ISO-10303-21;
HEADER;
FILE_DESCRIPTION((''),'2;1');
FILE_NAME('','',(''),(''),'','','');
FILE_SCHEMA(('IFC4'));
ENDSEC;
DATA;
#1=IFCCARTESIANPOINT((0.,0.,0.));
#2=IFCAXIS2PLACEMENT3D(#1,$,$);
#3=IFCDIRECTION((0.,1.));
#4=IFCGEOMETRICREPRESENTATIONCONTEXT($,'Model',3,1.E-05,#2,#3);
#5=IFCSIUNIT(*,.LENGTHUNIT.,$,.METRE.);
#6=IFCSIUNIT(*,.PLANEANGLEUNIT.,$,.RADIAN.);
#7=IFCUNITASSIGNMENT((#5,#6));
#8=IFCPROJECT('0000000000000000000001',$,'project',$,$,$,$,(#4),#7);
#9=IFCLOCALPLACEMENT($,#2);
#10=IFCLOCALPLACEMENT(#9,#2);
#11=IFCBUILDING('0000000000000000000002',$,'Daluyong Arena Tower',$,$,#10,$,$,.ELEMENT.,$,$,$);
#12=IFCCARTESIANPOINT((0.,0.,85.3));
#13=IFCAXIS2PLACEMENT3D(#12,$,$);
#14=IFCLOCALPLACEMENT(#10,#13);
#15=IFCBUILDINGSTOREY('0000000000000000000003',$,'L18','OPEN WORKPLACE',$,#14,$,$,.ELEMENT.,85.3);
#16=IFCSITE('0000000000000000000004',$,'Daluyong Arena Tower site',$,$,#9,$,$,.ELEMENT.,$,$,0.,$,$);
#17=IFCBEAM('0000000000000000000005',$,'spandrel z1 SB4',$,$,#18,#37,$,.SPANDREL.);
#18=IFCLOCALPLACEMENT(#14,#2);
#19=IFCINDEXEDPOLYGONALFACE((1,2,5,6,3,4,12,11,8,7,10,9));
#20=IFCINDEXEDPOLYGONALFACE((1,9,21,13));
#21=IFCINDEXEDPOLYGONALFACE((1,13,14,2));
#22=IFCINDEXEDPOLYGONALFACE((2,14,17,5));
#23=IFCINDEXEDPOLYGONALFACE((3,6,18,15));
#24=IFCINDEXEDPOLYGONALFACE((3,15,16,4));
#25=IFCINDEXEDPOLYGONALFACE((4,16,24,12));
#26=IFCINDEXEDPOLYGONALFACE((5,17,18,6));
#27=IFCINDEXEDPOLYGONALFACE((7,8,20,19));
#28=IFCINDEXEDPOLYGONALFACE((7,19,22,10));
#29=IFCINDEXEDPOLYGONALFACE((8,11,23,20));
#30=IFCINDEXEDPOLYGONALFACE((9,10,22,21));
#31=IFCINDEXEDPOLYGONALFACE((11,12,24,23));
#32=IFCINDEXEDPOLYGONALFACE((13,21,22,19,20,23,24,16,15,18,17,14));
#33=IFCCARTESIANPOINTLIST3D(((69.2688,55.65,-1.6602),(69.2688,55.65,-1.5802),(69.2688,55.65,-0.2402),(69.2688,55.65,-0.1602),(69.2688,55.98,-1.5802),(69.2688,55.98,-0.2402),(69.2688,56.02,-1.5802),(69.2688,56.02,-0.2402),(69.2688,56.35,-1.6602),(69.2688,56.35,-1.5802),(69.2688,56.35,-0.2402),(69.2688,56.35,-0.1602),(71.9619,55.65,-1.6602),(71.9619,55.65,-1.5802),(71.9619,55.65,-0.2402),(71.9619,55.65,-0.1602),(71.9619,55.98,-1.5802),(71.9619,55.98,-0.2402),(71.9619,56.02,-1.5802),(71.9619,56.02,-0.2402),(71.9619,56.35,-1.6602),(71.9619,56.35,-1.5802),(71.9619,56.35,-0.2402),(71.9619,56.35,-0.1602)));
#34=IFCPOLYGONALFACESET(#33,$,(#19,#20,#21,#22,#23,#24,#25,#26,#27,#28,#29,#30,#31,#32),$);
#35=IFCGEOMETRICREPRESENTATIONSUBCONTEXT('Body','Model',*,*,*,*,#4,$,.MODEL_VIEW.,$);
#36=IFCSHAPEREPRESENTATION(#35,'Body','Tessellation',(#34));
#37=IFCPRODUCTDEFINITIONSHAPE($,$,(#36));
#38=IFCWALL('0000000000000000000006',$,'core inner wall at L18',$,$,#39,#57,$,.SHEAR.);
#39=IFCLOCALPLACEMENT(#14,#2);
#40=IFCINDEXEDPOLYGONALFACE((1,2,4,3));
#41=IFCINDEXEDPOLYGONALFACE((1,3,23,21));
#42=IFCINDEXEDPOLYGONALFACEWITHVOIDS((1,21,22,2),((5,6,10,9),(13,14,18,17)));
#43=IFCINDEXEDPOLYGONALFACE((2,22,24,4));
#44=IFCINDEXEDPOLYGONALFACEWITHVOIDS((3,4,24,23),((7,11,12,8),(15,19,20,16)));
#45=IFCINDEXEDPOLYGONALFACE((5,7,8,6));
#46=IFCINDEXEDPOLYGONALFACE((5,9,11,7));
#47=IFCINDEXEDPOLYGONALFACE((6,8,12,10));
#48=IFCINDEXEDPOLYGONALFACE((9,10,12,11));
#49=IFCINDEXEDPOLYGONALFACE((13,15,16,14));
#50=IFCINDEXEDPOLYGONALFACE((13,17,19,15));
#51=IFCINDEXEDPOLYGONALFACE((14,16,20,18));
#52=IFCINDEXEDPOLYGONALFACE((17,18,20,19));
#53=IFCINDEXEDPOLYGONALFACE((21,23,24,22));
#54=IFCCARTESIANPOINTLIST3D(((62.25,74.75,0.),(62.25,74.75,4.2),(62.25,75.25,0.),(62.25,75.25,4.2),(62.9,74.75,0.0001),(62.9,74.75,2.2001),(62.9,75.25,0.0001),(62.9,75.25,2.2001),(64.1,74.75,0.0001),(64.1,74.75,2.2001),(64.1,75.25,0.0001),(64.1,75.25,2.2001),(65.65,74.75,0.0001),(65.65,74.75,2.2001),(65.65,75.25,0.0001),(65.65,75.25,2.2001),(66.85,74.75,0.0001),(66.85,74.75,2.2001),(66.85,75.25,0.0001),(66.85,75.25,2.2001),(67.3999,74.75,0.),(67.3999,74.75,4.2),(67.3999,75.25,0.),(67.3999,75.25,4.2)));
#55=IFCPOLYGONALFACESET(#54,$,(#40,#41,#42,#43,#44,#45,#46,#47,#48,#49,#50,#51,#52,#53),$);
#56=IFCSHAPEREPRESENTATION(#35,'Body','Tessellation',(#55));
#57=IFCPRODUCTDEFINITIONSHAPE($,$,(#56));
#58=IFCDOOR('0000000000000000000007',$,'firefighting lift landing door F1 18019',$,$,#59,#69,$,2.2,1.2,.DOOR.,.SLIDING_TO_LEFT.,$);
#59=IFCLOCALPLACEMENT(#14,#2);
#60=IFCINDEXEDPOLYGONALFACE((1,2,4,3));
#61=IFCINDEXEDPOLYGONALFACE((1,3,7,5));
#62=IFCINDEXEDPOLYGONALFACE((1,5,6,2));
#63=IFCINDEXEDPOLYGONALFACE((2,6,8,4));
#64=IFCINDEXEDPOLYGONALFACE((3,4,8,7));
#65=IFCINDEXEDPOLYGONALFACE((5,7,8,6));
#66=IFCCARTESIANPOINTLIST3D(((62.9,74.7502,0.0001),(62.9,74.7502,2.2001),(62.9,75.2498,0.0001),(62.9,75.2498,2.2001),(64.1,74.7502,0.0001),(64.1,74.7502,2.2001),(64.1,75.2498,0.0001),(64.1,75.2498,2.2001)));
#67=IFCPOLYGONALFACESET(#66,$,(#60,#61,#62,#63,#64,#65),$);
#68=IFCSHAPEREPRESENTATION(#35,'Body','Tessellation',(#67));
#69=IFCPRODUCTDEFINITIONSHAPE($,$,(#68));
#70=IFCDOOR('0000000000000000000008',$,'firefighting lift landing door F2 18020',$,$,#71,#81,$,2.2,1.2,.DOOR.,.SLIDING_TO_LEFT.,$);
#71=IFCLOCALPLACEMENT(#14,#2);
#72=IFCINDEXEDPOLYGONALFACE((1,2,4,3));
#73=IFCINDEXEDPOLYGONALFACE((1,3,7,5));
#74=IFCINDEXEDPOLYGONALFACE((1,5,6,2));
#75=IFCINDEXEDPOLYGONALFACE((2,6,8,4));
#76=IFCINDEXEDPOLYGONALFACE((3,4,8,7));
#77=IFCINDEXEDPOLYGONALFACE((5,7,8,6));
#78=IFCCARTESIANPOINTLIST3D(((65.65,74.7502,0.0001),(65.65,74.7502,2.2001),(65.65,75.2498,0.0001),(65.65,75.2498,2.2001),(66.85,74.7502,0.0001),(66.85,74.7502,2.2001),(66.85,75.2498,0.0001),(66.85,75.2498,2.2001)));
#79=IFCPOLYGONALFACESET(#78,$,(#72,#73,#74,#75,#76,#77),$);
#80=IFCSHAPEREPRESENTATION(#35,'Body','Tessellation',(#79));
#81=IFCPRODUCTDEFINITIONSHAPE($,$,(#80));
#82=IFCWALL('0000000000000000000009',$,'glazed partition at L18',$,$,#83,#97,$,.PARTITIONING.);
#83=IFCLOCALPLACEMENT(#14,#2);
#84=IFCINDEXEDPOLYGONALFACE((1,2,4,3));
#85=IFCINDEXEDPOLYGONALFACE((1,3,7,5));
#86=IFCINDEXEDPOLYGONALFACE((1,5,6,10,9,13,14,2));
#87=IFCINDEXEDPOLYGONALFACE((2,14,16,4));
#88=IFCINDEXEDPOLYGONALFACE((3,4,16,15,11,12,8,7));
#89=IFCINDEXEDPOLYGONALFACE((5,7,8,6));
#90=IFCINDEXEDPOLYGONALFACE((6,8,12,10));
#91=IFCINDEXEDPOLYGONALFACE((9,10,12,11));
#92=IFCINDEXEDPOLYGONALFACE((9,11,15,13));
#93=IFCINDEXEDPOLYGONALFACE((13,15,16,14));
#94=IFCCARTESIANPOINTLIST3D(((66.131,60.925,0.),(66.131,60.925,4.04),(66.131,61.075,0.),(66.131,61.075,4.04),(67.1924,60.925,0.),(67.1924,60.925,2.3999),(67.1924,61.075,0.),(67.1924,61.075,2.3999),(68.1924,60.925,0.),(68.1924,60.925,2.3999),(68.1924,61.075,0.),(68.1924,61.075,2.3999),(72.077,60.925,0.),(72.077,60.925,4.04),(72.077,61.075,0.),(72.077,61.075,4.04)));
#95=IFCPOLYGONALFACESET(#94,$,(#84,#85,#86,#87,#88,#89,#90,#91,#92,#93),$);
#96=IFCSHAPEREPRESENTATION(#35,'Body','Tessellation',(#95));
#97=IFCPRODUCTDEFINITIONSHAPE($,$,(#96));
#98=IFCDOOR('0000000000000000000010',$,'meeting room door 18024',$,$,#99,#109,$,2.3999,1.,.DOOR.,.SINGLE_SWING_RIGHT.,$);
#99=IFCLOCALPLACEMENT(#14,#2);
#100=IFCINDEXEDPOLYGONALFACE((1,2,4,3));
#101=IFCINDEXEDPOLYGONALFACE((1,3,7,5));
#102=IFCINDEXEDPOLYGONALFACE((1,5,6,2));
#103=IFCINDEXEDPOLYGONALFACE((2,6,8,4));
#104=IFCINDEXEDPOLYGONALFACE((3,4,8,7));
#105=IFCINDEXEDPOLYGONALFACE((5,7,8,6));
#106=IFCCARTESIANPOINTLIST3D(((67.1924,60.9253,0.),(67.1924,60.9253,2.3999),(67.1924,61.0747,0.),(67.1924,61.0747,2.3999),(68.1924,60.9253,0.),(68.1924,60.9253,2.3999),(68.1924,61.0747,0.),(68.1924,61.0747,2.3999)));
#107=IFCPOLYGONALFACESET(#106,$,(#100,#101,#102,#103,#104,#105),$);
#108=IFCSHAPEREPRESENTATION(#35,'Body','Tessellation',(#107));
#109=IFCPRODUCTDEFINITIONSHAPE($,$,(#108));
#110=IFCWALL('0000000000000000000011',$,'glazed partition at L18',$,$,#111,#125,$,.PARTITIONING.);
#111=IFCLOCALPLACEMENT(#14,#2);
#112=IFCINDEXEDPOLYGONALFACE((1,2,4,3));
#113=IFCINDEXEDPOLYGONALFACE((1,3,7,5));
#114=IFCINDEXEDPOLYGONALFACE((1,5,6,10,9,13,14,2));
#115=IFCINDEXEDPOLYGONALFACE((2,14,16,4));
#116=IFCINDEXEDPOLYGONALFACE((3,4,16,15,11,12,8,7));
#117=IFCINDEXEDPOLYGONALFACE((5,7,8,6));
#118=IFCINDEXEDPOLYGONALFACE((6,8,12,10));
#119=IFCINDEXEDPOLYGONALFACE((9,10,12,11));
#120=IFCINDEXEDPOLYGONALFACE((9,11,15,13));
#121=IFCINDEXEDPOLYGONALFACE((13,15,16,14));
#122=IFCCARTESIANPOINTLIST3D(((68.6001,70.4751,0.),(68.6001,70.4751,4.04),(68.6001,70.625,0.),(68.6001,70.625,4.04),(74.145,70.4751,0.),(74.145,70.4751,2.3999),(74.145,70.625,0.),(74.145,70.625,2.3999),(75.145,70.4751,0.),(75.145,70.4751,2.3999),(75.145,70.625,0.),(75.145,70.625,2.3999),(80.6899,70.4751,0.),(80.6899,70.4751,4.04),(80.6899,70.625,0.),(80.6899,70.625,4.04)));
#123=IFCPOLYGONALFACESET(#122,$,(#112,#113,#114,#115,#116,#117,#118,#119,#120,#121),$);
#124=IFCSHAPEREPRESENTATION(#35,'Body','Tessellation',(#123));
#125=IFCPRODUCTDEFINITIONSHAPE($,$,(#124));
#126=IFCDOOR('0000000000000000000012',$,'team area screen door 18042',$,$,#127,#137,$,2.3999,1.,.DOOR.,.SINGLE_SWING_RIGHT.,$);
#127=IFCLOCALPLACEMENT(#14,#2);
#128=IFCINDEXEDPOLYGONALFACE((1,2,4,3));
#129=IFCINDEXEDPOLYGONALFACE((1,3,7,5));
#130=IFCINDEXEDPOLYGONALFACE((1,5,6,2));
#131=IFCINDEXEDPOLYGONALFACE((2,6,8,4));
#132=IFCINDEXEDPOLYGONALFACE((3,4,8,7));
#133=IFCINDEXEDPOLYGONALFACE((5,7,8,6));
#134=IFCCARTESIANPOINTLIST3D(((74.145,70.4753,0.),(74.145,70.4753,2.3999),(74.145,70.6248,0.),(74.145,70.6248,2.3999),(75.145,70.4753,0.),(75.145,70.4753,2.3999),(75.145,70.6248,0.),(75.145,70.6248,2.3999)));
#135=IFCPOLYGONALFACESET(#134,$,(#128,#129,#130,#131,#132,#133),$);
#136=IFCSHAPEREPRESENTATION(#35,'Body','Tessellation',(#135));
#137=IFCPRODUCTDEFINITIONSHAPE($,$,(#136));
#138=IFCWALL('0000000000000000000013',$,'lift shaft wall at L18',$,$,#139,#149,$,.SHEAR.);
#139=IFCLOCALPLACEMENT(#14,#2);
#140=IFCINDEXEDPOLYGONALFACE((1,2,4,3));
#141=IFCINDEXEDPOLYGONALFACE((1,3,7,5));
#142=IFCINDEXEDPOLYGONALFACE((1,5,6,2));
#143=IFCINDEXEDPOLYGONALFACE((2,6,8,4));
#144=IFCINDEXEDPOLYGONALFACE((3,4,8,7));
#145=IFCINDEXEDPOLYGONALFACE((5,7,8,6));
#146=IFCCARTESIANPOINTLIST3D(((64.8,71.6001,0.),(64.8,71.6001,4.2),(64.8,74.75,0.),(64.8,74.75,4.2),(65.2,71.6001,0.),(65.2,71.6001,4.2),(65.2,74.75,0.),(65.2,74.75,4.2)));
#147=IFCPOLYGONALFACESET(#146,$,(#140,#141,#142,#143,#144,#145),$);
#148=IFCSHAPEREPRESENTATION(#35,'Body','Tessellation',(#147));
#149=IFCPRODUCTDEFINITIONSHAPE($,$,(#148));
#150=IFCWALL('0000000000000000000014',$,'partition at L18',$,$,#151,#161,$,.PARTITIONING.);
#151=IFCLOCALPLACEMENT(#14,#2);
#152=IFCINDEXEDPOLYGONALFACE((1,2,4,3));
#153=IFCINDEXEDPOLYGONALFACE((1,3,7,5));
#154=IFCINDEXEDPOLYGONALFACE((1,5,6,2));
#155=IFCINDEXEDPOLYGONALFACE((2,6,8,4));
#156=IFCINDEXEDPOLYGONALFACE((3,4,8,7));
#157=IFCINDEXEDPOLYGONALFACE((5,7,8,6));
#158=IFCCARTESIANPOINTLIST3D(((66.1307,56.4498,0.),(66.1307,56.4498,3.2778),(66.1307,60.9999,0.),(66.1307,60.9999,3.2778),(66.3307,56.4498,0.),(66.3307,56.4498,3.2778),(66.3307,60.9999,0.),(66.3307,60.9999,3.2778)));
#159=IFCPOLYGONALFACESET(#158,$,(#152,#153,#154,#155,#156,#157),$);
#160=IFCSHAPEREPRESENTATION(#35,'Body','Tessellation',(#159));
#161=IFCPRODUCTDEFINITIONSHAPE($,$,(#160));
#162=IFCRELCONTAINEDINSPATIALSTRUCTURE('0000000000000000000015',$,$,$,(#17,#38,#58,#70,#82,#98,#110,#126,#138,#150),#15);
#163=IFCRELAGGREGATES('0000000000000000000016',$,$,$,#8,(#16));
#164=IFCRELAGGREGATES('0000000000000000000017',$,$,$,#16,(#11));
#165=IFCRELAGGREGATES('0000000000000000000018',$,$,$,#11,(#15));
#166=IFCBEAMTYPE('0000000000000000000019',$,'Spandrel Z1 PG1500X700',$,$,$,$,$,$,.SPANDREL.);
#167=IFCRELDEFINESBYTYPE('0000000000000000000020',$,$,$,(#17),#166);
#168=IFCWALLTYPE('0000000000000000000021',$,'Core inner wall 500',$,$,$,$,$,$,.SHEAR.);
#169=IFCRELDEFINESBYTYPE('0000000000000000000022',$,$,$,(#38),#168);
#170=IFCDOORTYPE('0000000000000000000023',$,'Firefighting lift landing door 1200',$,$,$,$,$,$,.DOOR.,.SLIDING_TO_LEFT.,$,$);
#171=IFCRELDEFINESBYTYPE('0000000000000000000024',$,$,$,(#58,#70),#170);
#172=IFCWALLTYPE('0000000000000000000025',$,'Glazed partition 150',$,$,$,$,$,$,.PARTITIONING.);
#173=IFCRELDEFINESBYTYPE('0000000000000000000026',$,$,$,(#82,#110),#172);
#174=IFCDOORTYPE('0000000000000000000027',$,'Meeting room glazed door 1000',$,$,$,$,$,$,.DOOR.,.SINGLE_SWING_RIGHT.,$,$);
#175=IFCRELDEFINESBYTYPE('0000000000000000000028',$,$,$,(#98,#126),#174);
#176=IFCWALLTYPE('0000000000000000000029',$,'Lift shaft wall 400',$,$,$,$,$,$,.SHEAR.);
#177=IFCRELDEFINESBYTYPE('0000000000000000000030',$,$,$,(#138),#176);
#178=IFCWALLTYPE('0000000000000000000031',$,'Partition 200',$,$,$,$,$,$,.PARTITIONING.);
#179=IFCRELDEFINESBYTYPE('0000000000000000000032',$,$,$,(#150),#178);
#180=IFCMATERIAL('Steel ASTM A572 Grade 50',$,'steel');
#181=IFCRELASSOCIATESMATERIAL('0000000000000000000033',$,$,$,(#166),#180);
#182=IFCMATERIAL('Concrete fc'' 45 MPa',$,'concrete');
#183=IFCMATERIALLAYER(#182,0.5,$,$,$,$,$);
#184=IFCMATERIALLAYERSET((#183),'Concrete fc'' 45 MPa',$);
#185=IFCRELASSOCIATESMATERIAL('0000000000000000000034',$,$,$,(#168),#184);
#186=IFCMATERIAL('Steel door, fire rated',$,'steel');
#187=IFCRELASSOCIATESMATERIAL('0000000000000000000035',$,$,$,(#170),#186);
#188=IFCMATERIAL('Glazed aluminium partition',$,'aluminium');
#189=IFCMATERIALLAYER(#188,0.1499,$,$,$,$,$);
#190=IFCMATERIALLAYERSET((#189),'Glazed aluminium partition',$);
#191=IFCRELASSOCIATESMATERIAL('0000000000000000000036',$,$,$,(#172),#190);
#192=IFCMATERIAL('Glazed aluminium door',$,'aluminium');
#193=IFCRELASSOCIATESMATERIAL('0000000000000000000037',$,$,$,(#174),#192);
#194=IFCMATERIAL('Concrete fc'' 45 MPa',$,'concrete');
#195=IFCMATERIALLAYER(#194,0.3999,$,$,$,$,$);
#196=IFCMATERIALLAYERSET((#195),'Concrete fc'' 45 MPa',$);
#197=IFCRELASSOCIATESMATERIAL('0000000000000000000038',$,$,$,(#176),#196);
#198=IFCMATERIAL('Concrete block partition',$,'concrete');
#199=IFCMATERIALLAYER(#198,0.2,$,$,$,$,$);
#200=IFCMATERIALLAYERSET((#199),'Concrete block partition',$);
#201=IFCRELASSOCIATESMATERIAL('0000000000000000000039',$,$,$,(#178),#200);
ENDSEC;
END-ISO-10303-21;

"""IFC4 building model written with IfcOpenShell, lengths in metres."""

from ifc_helpers import new_model, si_unit, direction, frame, frame_2d, origin, origin_2d, place, context, subcontext, project, spatial, rectangle, i_section, extrude, material, layer, layer_set, material_profile, profile_set, type_object, element, fill, save


model = new_model("IFC4")

# Units and contexts
model_context = context("Model", 3, precision=1e-05, world=origin(), true_north=direction((0.0, 1.0)))
body_context = subcontext(model_context, "Body", "Model", "MODEL_VIEW")
ifc_project = project(units=[si_unit("LENGTHUNIT", "METRE"), si_unit("PLANEANGLEUNIT", "RADIAN")], contexts=[model_context])

# Site, building, storey
site_placement = place(None, origin())
site = spatial("IfcSite", under=ifc_project, at=site_placement, Name="Daluyong Arena Tower site", CompositionType="ELEMENT", RefElevation=0.0)
building_placement = place(site_placement, origin())
building = spatial("IfcBuilding", under=site, at=building_placement, Name="Daluyong Arena Tower", CompositionType="ELEMENT")
storey_placement = place(building_placement, frame((0.0, 0.0, 85.3)))
storey = spatial("IfcBuildingStorey", under=building, at=storey_placement, Name="L18", Description="OPEN WORKPLACE", CompositionType="ELEMENT", Elevation=85.3)

# Beam
ifc_material_1 = material(Name="Steel ASTM A572 Grade 50", Category="steel")
ifc_material_profile_1 = material_profile(ifc_material_1, i_section(OverallWidth=0.7, OverallDepth=1.5, WebThickness=0.04, FlangeThickness=0.08, at=origin_2d()))
ifc_profile_set_1 = profile_set([ifc_material_profile_1], Name="Steel ASTM A572 Grade 50")
beam_type_1 = type_object("IfcBeamType", Name="Spandrel Z1 PG1500X700", PredefinedType="SPANDREL", material=ifc_profile_set_1)
beam_1_placement = place(storey_placement, frame((69.2688, 56.0, -0.9102), z_axis=(1.0, 0.0, 0.0), x_axis=(0.0, 1.0, 0.0)))
element("IfcBeam", 1, at=beam_1_placement, inside=storey, type_object=beam_type_1, Name="spandrel z1 SB4", PredefinedType="SPANDREL", context=body_context, shape_type="SweptSolid", body=[
    extrude(i_section(OverallWidth=0.7, OverallDepth=1.5, WebThickness=0.04, FlangeThickness=0.08, at=origin_2d()), origin(), (0.0, 0.0, 1.0), 2.6931),
])

# Shared definitions
ifc_material_2 = material(Name="Concrete fc' 45 MPa", Category="concrete")
ifc_layer_1 = layer(ifc_material_2, 0.5)
ifc_layer_set_1 = layer_set([ifc_layer_1], Name="Concrete fc' 45 MPa")
wall_type_1 = type_object("IfcWallType", Name="Core inner wall 500", PredefinedType="SHEAR", material=ifc_layer_set_1)

# Wall, openings, doors
wall_1_placement = place(storey_placement, frame((62.25, 75.0, 0.0), z_axis=(0.0, 0.0, 1.0), x_axis=(1.0, 0.0, 0.0)))
wall_1 = element("IfcWall", 2, at=wall_1_placement, inside=storey, type_object=wall_type_1, Name="core inner wall at L18", PredefinedType="SHEAR", context=body_context, shape_type="SweptSolid", body=[
    extrude(rectangle(XDim=5.1499, YDim=0.5, at=frame_2d((2.575, 0.0))), origin(), (0.0, 0.0, 1.0), 4.2),
])
opening_1_placement = place(wall_1_placement, frame((0.6499, 0.0, 0.0)))
opening_1 = element("IfcOpeningElement", 3, at=opening_1_placement, cuts=wall_1, PredefinedType="OPENING", context=body_context, shape_type="SweptSolid", body=[
    extrude(rectangle(XDim=1.2, YDim=2.2, at=frame_2d((0.6001, 1.1001))), frame((0.0, 0.26, 0.0), z_axis=(0.0, -1.0, 0.0), x_axis=(1.0, 0.0, 0.0)), (0.0, 0.0, 1.0), 0.52),
])
opening_2_placement = place(wall_1_placement, frame((3.3999, 0.0, 0.0)))
opening_2 = element("IfcOpeningElement", 4, at=opening_2_placement, cuts=wall_1, PredefinedType="OPENING", context=body_context, shape_type="SweptSolid", body=[
    extrude(rectangle(XDim=1.2, YDim=2.2, at=frame_2d((0.6001, 1.1001))), frame((0.0, 0.26, 0.0), z_axis=(0.0, -1.0, 0.0), x_axis=(1.0, 0.0, 0.0)), (0.0, 0.0, 1.0), 0.52),
])
ifc_material_3 = material(Name="Steel door, fire rated", Category="steel")
door_type_1 = type_object("IfcDoorType", Name="Firefighting lift landing door 1200", OperationType="SLIDING_TO_LEFT", PredefinedType="DOOR", material=ifc_material_3)
door_1_placement = place(opening_1_placement, origin())
door_1 = element("IfcDoor", 5, at=door_1_placement, inside=storey, type_object=door_type_1, Name="firefighting lift landing door F1 18019", OperationType="SLIDING_TO_LEFT", OverallHeight=2.2, OverallWidth=1.2, PredefinedType="DOOR", context=body_context, shape_type="SweptSolid", body=[
    extrude(rectangle(XDim=1.2, YDim=2.2, at=frame_2d((0.6001, 1.1001))), frame((0.0, 0.2498, 0.0), z_axis=(0.0, -1.0, 0.0), x_axis=(1.0, 0.0, 0.0)), (0.0, 0.0, 1.0), 0.4995),
])
fill(opening_1, door_1)
door_2_placement = place(opening_2_placement, origin())
door_2 = element("IfcDoor", 6, at=door_2_placement, inside=storey, type_object=door_type_1, Name="firefighting lift landing door F2 18020", OperationType="SLIDING_TO_LEFT", OverallHeight=2.2, OverallWidth=1.2, PredefinedType="DOOR", context=body_context, shape_type="SweptSolid", body=[
    extrude(rectangle(XDim=1.2, YDim=2.2, at=frame_2d((0.6001, 1.1001))), frame((0.0, 0.2498, 0.0), z_axis=(0.0, -1.0, 0.0), x_axis=(1.0, 0.0, 0.0)), (0.0, 0.0, 1.0), 0.4995),
])
fill(opening_2, door_2)

# Walls, openings, doors
ifc_material_4 = material(Name="Glazed aluminium partition", Category="aluminium")
ifc_layer_2 = layer(ifc_material_4, 0.1499)
ifc_layer_set_2 = layer_set([ifc_layer_2], Name="Glazed aluminium partition")
wall_type_2 = type_object("IfcWallType", Name="Glazed partition 150", PredefinedType="PARTITIONING", material=ifc_layer_set_2)
wall_2_placement = place(storey_placement, frame((66.1309, 61.0, 0.0), z_axis=(0.0, 0.0, 1.0), x_axis=(1.0, 0.0, 0.0)))
wall_2 = element("IfcWall", 7, at=wall_2_placement, inside=storey, type_object=wall_type_2, Name="glazed partition at L18", PredefinedType="PARTITIONING", context=body_context, shape_type="SweptSolid", body=[
    extrude(rectangle(XDim=5.946, YDim=0.1499, at=frame_2d((2.9731, 0.0))), origin(), (0.0, 0.0, 1.0), 4.04),
])
opening_3_placement = place(wall_2_placement, frame((1.0615, 0.0, 0.0)))
opening_3 = element("IfcOpeningElement", 8, at=opening_3_placement, cuts=wall_2, PredefinedType="OPENING", context=body_context, shape_type="SweptSolid", body=[
    extrude(rectangle(XDim=1.0, YDim=2.3999, at=frame_2d((0.5, 1.2))), frame((0.0, 0.085, 0.0), z_axis=(0.0, -1.0, 0.0), x_axis=(1.0, 0.0, 0.0)), (0.0, 0.0, 1.0), 0.1699),
])
ifc_material_5 = material(Name="Glazed aluminium door", Category="aluminium")
door_type_2 = type_object("IfcDoorType", Name="Meeting room glazed door 1000", OperationType="SINGLE_SWING_RIGHT", PredefinedType="DOOR", material=ifc_material_5)
door_3_placement = place(opening_3_placement, origin())
door_3 = element("IfcDoor", 9, at=door_3_placement, inside=storey, type_object=door_type_2, Name="meeting room door 18024", OperationType="SINGLE_SWING_RIGHT", OverallHeight=2.3999, OverallWidth=1.0, PredefinedType="DOOR", context=body_context, shape_type="SweptSolid", body=[
    extrude(rectangle(XDim=1.0, YDim=2.3999, at=frame_2d((0.5, 1.2))), frame((0.0, 0.0747, 0.0), z_axis=(0.0, -1.0, 0.0), x_axis=(1.0, 0.0, 0.0)), (0.0, 0.0, 1.0), 0.1494),
])
fill(opening_3, door_3)
wall_3_placement = place(storey_placement, frame((68.6001, 70.55, 0.0), z_axis=(0.0, 0.0, 1.0), x_axis=(1.0, 0.0, 0.0)))
wall_3 = element("IfcWall", 10, at=wall_3_placement, inside=storey, type_object=wall_type_2, Name="glazed partition at L18", PredefinedType="PARTITIONING", context=body_context, shape_type="SweptSolid", body=[
    extrude(rectangle(XDim=12.0898, YDim=0.1499, at=frame_2d((6.0449, 0.0))), origin(), (0.0, 0.0, 1.0), 4.04),
])
opening_4_placement = place(wall_3_placement, frame((5.5449, 0.0, 0.0)))
opening_4 = element("IfcOpeningElement", 11, at=opening_4_placement, cuts=wall_3, PredefinedType="OPENING", context=body_context, shape_type="SweptSolid", body=[
    extrude(rectangle(XDim=1.0, YDim=2.3999, at=frame_2d((0.5, 1.2))), frame((0.0, 0.085, 0.0), z_axis=(0.0, -1.0, 0.0), x_axis=(1.0, 0.0, 0.0)), (0.0, 0.0, 1.0), 0.1699),
])
door_4_placement = place(opening_4_placement, origin())
door_4 = element("IfcDoor", 12, at=door_4_placement, inside=storey, type_object=door_type_2, Name="team area screen door 18042", OperationType="SINGLE_SWING_RIGHT", OverallHeight=2.3999, OverallWidth=1.0, PredefinedType="DOOR", context=body_context, shape_type="SweptSolid", body=[
    extrude(rectangle(XDim=1.0, YDim=2.3999, at=frame_2d((0.5, 1.2))), frame((0.0, 0.0747, 0.0), z_axis=(0.0, -1.0, 0.0), x_axis=(1.0, 0.0, 0.0)), (0.0, 0.0, 1.0), 0.1494),
])
fill(opening_4, door_4)

# Walls
ifc_material_6 = material(Name="Concrete fc' 45 MPa", Category="concrete")
ifc_layer_3 = layer(ifc_material_6, 0.3999)
ifc_layer_set_3 = layer_set([ifc_layer_3], Name="Concrete fc' 45 MPa")
wall_type_3 = type_object("IfcWallType", Name="Lift shaft wall 400", PredefinedType="SHEAR", material=ifc_layer_set_3)
wall_4_placement = place(storey_placement, frame((65.0, 71.6001, 0.0), z_axis=(0.0, 0.0, 1.0), x_axis=(0.0, 1.0, 0.0)))
element("IfcWall", 13, at=wall_4_placement, inside=storey, type_object=wall_type_3, Name="lift shaft wall at L18", PredefinedType="SHEAR", context=body_context, shape_type="SweptSolid", body=[
    extrude(rectangle(XDim=3.1499, YDim=0.3999, at=frame_2d((1.575, 0.0))), origin(), (0.0, 0.0, 1.0), 4.2),
])
ifc_material_7 = material(Name="Concrete block partition", Category="concrete")
ifc_layer_4 = layer(ifc_material_7, 0.2)
ifc_layer_set_4 = layer_set([ifc_layer_4], Name="Concrete block partition")
wall_type_4 = type_object("IfcWallType", Name="Partition 200", PredefinedType="PARTITIONING", material=ifc_layer_set_4)
wall_5_placement = place(storey_placement, frame((66.2307, 56.45, 0.0), z_axis=(0.0, 0.0, 1.0), x_axis=(0.0, 1.0, 0.0)))
element("IfcWall", 14, at=wall_5_placement, inside=storey, type_object=wall_type_4, Name="partition at L18", PredefinedType="PARTITIONING", context=body_context, shape_type="SweptSolid", body=[
    extrude(rectangle(XDim=4.55, YDim=0.2, at=frame_2d((2.2749, 0.0))), origin(), (0.0, 0.0, 1.0), 3.2778),
])

save(model, "model.ifc")
